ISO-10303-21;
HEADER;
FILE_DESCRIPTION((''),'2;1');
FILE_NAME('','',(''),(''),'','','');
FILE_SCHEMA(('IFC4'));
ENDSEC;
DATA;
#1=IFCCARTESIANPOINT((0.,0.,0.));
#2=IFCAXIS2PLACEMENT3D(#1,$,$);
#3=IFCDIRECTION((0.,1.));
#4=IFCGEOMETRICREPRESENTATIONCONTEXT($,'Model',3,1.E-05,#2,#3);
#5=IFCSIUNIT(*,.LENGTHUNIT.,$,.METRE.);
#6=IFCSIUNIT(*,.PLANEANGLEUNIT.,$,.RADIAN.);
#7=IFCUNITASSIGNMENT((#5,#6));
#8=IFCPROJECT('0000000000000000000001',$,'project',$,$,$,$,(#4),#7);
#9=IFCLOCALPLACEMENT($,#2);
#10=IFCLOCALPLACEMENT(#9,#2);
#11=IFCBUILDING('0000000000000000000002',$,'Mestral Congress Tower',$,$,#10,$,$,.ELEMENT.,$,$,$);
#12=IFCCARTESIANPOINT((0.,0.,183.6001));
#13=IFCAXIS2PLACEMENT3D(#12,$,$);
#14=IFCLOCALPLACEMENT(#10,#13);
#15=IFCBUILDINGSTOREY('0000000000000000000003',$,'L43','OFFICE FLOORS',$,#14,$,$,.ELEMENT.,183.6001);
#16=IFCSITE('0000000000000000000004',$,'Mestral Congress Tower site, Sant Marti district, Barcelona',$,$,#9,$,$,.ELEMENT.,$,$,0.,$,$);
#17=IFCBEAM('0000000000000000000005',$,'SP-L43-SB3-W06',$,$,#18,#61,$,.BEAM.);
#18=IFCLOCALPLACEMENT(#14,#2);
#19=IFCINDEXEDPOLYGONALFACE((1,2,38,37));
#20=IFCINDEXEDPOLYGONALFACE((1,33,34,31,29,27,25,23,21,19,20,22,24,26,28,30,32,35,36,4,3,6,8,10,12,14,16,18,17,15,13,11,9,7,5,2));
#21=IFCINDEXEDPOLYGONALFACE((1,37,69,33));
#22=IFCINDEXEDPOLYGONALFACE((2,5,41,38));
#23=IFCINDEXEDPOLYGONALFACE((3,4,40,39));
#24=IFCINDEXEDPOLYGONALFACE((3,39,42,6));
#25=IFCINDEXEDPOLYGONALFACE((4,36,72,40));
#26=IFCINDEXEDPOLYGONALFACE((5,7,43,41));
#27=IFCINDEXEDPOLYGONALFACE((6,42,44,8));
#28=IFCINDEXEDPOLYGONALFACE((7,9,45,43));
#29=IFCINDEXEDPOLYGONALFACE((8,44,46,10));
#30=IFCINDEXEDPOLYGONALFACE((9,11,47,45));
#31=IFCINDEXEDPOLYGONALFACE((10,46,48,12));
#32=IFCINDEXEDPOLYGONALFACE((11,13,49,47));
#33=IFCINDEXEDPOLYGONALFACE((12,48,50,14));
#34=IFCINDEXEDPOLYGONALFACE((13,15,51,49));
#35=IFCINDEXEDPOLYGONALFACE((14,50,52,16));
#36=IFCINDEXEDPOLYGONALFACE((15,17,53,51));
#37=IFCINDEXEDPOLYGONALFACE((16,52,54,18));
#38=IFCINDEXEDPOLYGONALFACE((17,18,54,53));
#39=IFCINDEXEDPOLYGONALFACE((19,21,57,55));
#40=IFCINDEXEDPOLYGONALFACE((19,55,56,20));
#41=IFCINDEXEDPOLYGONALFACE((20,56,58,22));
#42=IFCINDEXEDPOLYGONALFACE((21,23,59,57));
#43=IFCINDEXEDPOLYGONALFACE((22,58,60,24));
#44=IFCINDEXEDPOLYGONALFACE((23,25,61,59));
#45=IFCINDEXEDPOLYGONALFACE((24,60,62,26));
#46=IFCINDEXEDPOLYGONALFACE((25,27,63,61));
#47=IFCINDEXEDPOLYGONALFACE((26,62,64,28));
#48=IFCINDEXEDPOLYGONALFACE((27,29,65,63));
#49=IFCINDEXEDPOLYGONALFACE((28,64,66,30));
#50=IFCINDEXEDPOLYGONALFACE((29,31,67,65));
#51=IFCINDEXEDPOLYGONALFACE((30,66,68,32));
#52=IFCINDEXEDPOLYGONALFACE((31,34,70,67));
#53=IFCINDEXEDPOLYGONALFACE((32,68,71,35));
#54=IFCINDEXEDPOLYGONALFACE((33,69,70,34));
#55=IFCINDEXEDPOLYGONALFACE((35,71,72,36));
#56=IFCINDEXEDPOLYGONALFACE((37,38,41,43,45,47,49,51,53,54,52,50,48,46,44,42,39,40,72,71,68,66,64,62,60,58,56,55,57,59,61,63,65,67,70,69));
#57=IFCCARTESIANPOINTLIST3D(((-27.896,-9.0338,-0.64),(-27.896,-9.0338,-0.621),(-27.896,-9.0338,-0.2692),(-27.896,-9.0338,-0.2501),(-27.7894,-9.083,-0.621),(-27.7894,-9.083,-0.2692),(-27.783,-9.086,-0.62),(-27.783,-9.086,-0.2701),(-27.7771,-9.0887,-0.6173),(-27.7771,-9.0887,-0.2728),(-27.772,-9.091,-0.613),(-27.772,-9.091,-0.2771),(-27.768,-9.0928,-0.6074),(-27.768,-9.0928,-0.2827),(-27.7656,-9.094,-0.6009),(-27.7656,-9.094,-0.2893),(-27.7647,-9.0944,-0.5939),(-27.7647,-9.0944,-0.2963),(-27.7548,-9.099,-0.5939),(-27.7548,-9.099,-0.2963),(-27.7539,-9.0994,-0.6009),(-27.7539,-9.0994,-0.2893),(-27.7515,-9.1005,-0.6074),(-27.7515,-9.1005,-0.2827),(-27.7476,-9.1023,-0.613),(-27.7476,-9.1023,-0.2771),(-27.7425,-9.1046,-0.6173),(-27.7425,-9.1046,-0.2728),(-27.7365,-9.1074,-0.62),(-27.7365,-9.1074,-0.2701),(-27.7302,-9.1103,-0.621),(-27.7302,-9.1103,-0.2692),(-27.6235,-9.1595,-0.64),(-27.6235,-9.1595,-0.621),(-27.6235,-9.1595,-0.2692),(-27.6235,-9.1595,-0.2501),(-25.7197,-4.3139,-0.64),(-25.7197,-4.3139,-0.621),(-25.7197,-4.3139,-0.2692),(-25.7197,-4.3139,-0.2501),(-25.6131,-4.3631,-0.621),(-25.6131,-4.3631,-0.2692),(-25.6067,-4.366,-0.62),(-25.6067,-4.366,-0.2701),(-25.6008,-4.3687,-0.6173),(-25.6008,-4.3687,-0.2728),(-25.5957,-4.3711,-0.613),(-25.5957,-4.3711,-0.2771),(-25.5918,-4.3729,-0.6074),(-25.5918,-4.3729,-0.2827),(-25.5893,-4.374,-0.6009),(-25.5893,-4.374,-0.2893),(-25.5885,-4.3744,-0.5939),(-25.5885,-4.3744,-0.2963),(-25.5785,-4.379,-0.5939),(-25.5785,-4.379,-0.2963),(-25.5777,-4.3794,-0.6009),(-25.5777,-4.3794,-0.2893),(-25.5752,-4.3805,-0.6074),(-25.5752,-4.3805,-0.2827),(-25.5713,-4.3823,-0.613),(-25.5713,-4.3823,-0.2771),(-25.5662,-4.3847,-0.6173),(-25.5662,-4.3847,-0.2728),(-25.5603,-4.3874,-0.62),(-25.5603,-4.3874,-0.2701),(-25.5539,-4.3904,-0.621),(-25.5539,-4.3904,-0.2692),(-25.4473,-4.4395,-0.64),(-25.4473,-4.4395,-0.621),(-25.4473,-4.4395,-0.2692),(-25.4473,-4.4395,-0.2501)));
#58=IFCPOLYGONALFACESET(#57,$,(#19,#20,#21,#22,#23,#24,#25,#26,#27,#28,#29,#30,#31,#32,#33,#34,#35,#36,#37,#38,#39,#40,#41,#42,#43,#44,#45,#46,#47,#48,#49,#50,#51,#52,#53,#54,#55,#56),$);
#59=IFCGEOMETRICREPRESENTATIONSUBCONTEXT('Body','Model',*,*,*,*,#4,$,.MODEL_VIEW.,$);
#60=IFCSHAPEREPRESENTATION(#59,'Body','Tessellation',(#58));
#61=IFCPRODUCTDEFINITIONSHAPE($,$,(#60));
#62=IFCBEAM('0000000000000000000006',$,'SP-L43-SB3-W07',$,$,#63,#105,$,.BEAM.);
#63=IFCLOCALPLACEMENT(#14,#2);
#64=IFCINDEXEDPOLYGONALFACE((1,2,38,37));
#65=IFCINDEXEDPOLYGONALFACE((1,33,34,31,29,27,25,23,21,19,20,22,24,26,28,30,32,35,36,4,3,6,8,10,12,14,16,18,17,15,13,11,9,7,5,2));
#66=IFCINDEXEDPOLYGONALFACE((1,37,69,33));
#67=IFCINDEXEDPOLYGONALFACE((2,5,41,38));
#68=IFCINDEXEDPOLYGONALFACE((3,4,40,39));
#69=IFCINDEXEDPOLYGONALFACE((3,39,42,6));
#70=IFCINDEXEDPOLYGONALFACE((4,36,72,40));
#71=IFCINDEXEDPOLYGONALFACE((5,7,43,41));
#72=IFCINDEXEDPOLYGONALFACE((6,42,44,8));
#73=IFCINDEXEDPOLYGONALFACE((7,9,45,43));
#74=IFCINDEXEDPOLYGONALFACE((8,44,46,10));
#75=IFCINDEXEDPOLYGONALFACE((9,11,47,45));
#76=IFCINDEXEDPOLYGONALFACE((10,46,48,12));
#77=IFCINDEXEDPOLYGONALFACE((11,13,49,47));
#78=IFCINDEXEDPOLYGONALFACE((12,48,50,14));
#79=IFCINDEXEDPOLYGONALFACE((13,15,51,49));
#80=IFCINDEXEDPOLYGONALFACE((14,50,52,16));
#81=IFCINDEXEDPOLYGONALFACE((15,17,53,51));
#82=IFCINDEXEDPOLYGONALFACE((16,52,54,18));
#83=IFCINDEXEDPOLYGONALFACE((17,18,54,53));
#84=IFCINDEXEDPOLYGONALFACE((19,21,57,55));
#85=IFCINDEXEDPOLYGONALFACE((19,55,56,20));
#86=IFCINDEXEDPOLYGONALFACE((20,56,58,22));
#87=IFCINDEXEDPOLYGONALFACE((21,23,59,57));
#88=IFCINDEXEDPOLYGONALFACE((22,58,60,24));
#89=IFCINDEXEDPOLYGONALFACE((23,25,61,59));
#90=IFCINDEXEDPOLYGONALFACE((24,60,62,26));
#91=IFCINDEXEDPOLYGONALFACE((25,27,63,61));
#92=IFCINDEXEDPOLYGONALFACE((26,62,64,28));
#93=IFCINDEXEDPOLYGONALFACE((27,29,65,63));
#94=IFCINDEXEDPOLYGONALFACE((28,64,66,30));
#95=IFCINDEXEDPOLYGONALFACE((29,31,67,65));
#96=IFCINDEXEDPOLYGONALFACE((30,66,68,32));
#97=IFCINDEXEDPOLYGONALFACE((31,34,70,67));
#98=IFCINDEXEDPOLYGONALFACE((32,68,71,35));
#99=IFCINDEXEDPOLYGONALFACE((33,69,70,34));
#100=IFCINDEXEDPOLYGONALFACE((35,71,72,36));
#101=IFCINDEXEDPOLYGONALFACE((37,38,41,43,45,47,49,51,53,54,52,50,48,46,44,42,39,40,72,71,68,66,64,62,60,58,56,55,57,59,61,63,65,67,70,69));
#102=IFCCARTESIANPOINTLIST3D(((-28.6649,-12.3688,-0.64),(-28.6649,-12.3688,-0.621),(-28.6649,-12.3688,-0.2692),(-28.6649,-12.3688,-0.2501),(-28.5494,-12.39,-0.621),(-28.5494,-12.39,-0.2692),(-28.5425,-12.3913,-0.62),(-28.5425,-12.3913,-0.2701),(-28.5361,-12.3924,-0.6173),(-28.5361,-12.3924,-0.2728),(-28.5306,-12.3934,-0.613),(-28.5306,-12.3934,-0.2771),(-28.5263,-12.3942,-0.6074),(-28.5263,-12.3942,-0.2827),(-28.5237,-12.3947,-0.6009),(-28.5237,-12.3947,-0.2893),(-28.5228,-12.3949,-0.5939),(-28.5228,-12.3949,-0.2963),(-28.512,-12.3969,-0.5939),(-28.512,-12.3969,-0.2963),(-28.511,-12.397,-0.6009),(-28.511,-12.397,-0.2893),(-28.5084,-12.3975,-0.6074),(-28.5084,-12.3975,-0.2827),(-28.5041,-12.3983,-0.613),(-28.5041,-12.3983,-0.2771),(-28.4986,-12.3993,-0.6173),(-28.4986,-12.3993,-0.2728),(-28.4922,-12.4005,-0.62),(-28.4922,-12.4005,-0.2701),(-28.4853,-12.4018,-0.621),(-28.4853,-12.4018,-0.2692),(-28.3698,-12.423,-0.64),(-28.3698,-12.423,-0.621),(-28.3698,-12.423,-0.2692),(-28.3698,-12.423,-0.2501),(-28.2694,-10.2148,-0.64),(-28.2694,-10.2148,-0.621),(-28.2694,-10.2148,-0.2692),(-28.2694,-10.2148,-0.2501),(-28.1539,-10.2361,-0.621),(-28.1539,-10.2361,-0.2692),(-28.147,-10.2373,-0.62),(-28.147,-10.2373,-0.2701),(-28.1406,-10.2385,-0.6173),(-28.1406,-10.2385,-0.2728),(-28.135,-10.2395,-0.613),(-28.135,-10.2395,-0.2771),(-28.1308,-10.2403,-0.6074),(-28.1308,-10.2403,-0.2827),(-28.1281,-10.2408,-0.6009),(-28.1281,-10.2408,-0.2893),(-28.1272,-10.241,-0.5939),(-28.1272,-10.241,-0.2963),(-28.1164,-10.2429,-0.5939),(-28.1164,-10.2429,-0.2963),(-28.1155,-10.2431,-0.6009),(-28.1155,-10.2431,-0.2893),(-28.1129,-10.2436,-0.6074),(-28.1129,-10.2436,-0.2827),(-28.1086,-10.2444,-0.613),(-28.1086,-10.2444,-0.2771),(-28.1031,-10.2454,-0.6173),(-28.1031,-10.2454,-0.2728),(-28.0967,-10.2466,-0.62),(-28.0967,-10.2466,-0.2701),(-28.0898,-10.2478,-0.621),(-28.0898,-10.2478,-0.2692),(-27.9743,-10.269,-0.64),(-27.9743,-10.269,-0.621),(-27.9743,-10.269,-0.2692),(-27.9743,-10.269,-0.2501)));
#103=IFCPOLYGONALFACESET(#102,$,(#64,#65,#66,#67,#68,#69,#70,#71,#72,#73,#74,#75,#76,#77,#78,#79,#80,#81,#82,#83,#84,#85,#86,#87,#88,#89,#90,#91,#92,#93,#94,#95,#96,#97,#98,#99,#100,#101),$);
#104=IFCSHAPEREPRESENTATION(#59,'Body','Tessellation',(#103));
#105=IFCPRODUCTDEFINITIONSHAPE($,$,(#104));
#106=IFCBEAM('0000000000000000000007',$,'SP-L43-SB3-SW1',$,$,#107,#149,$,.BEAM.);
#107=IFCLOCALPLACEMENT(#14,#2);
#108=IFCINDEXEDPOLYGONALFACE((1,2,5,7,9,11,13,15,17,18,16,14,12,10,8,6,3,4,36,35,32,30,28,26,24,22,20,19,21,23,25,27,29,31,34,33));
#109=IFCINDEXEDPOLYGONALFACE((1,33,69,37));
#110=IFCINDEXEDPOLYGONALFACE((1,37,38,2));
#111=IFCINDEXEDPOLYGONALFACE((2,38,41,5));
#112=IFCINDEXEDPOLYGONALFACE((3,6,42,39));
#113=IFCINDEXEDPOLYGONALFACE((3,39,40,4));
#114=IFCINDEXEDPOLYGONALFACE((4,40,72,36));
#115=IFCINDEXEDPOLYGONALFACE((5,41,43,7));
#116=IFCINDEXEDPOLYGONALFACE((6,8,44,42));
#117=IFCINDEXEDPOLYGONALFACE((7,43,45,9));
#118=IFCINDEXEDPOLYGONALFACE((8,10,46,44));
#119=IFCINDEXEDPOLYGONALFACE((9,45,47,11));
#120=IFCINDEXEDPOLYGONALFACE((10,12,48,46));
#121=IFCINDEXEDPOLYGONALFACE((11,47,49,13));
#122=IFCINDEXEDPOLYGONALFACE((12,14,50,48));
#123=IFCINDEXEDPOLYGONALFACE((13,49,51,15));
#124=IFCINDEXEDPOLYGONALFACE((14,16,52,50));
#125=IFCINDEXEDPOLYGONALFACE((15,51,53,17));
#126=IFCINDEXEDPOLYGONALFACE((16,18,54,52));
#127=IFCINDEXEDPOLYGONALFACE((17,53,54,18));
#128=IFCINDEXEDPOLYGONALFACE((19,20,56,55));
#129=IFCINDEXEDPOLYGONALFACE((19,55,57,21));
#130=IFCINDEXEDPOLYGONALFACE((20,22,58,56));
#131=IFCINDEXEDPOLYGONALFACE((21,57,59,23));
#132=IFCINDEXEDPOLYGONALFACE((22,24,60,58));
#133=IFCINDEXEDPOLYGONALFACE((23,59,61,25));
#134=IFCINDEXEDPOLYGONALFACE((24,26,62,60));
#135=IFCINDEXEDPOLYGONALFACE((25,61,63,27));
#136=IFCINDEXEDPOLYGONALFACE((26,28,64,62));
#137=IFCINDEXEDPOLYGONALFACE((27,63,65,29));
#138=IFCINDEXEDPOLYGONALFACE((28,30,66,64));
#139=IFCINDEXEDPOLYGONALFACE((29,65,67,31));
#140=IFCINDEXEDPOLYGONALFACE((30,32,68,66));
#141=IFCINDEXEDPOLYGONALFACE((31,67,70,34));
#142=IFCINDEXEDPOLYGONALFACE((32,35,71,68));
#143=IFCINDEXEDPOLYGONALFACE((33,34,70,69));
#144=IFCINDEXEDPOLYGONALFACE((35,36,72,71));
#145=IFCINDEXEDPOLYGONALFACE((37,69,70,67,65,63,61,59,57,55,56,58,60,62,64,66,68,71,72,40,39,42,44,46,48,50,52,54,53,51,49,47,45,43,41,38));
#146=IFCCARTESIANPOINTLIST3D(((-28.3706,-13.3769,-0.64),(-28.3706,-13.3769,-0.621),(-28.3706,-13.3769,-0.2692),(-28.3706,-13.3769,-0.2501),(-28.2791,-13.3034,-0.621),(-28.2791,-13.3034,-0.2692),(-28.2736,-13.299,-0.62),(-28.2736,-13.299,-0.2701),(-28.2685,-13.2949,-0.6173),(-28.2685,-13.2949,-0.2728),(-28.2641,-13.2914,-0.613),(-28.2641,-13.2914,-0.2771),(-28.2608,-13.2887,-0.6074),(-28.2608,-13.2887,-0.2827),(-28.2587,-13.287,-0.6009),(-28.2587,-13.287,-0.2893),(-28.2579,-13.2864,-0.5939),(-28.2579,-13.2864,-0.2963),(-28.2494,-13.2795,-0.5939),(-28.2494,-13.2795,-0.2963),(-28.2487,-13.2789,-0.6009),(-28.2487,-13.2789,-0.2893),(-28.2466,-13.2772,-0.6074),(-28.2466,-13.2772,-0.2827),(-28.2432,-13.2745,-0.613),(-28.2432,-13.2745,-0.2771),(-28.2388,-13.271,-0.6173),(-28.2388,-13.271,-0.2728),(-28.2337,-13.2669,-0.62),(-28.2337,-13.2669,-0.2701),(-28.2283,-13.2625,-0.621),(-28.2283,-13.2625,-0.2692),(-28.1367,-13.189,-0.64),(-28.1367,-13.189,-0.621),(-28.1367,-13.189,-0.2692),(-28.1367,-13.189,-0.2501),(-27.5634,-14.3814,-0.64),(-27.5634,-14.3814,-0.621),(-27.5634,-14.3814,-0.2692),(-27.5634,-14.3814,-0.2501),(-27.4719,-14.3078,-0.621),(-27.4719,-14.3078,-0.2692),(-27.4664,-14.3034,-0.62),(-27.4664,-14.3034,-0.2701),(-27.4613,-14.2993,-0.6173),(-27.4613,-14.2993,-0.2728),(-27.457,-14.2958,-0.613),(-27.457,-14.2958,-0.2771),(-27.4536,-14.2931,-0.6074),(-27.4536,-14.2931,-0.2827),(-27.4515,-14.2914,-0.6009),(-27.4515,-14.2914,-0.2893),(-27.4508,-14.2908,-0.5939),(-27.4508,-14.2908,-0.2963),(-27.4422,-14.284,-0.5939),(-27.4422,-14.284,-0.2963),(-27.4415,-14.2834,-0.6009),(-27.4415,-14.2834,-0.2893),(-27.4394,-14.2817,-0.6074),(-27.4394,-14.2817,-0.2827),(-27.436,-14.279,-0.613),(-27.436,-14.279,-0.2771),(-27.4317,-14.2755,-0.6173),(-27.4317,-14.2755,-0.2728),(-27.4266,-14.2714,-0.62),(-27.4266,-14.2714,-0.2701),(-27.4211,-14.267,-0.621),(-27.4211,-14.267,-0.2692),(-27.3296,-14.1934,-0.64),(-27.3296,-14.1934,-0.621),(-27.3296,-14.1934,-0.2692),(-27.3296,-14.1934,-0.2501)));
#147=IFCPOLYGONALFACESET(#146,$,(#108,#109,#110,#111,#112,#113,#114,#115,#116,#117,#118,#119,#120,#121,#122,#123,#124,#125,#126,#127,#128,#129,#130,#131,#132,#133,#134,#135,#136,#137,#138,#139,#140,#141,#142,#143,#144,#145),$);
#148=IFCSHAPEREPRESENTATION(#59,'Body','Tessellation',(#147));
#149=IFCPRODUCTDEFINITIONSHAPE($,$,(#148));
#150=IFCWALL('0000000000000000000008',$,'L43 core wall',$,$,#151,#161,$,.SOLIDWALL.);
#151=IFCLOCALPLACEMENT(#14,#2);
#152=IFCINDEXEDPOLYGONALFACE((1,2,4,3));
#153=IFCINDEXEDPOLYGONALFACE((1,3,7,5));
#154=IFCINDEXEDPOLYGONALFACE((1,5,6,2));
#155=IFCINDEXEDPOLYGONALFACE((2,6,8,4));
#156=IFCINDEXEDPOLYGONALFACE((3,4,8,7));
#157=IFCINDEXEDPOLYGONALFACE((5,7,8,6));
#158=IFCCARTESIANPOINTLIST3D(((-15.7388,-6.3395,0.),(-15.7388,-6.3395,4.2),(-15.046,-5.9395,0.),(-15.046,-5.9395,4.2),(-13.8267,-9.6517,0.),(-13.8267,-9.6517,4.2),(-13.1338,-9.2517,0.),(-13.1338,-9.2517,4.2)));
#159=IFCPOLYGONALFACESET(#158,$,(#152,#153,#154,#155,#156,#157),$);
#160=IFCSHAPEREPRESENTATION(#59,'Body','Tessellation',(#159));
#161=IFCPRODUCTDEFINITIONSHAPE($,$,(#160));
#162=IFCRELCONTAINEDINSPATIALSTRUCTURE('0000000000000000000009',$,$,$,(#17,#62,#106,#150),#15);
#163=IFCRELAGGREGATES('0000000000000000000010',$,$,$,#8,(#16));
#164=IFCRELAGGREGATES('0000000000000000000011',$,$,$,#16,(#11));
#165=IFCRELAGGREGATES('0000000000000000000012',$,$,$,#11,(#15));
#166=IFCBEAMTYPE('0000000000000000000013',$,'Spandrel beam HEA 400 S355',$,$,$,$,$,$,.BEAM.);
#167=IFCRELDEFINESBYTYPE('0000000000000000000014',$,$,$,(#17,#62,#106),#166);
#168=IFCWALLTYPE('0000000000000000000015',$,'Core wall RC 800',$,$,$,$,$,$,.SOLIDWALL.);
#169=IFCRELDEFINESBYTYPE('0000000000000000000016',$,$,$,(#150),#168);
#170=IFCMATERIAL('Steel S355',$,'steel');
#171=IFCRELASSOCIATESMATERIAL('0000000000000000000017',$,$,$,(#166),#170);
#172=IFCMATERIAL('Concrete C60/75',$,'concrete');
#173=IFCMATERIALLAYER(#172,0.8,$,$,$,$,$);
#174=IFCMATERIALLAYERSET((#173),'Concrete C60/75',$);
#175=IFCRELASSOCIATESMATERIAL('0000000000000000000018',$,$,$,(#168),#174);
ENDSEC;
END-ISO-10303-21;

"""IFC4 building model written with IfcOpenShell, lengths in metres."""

from ifc_helpers import new_model, si_unit, direction, frame, frame_2d, origin, origin_2d, place, context, subcontext, project, spatial, rectangle, i_section, extrude, material, layer, layer_set, material_profile, profile_set, type_object, element, save


model = new_model("IFC4")

# Units and contexts
model_context = context("Model", 3, precision=1e-05, world=origin(), true_north=direction((0.0, 1.0)))
body_context = subcontext(model_context, "Body", "Model", "MODEL_VIEW")
ifc_project = project(units=[si_unit("LENGTHUNIT", "METRE"), si_unit("PLANEANGLEUNIT", "RADIAN")], contexts=[model_context])

# Site, building, storey
site_placement = place(None, origin())
site = spatial("IfcSite", under=ifc_project, at=site_placement, Name="Mestral Congress Tower site, Sant Marti district, Barcelona", CompositionType="ELEMENT", RefElevation=0.0)
building_placement = place(site_placement, origin())
building = spatial("IfcBuilding", under=site, at=building_placement, Name="Mestral Congress Tower", CompositionType="ELEMENT")
storey_placement = place(building_placement, frame((0.0, 0.0, 183.6001)))
storey = spatial("IfcBuildingStorey", under=building, at=storey_placement, Name="L43", Description="OFFICE FLOORS", CompositionType="ELEMENT", Elevation=183.6001)

# Shared definitions
ifc_material_1 = material(Name="Concrete C60/75", Category="concrete")

# Beams
ifc_material_2 = material(Name="Steel S355", Category="steel")
ifc_material_profile_1 = material_profile(ifc_material_2, i_section(OverallWidth=0.3, OverallDepth=0.3899, WebThickness=0.011, FlangeThickness=0.019, FilletRadius=0.0271, at=origin_2d()), Name="HEA 400")
ifc_profile_set_1 = profile_set([ifc_material_profile_1], Name="Steel S355")
beam_type_1 = type_object("IfcBeamType", Name="Spandrel beam HEA 400 S355", PredefinedType="BEAM", material=ifc_profile_set_1)
beam_1_placement = place(storey_placement, frame((-25.5835, -4.3767, -0.4451), z_axis=(-0.418713, -0.908119, 0.0), x_axis=(0.908119, -0.418713, 0.0)))
element("IfcBeam", 1, at=beam_1_placement, inside=storey, type_object=beam_type_1, Name="SP-L43-SB3-W06", PredefinedType="BEAM", context=body_context, shape_type="SweptSolid", body=[
    extrude(i_section(OverallWidth=0.3, OverallDepth=0.3899, WebThickness=0.011, FlangeThickness=0.019, FilletRadius=0.0271, at=origin_2d()), origin(), (0.0, 0.0, 1.0), 5.1975),
])
beam_2_placement = place(storey_placement, frame((-28.1218, -10.2419, -0.4451), z_axis=(-0.180612, -0.983554, 0.0), x_axis=(0.983554, -0.180612, 0.0)))
element("IfcBeam", 2, at=beam_2_placement, inside=storey, type_object=beam_type_1, Name="SP-L43-SB3-W07", PredefinedType="BEAM", context=body_context, shape_type="SweptSolid", body=[
    extrude(i_section(OverallWidth=0.3, OverallDepth=0.3899, WebThickness=0.011, FlangeThickness=0.019, FilletRadius=0.0271, at=origin_2d()), origin(), (0.0, 0.0, 1.0), 2.1899),
])
beam_3_placement = place(storey_placement, frame((-28.2537, -13.283, -0.4451), z_axis=(0.626403, -0.779499, 0.0), x_axis=(0.779499, 0.626403, 0.0)))
element("IfcBeam", 3, at=beam_3_placement, inside=storey, type_object=beam_type_1, Name="SP-L43-SB3-SW1", PredefinedType="BEAM", context=body_context, shape_type="SweptSolid", body=[
    extrude(i_section(OverallWidth=0.3, OverallDepth=0.3899, WebThickness=0.011, FlangeThickness=0.019, FilletRadius=0.0271, at=origin_2d()), origin(), (0.0, 0.0, 1.0), 1.2886),
])

# Wall
ifc_layer_1 = layer(ifc_material_1, 0.8)
ifc_layer_set_1 = layer_set([ifc_layer_1], Name="Concrete C60/75")
wall_type_1 = type_object("IfcWallType", Name="Core wall RC 800", PredefinedType="SOLIDWALL", material=ifc_layer_set_1)
wall_1_placement = place(storey_placement, frame((-15.3923, -6.1396, 0.0), z_axis=(0.0, 0.0, 1.0), x_axis=(0.499984, -0.866035, 0.0)))
element("IfcWall", 4, at=wall_1_placement, inside=storey, type_object=wall_type_1, Name="L43 core wall", PredefinedType="SOLIDWALL", context=body_context, shape_type="SweptSolid", body=[
    extrude(rectangle(XDim=3.8245, YDim=0.8, at=frame_2d((1.9121, 0.0))), origin(), (0.0, 0.0, 1.0), 4.2),
])

save(model, "model.ifc")
